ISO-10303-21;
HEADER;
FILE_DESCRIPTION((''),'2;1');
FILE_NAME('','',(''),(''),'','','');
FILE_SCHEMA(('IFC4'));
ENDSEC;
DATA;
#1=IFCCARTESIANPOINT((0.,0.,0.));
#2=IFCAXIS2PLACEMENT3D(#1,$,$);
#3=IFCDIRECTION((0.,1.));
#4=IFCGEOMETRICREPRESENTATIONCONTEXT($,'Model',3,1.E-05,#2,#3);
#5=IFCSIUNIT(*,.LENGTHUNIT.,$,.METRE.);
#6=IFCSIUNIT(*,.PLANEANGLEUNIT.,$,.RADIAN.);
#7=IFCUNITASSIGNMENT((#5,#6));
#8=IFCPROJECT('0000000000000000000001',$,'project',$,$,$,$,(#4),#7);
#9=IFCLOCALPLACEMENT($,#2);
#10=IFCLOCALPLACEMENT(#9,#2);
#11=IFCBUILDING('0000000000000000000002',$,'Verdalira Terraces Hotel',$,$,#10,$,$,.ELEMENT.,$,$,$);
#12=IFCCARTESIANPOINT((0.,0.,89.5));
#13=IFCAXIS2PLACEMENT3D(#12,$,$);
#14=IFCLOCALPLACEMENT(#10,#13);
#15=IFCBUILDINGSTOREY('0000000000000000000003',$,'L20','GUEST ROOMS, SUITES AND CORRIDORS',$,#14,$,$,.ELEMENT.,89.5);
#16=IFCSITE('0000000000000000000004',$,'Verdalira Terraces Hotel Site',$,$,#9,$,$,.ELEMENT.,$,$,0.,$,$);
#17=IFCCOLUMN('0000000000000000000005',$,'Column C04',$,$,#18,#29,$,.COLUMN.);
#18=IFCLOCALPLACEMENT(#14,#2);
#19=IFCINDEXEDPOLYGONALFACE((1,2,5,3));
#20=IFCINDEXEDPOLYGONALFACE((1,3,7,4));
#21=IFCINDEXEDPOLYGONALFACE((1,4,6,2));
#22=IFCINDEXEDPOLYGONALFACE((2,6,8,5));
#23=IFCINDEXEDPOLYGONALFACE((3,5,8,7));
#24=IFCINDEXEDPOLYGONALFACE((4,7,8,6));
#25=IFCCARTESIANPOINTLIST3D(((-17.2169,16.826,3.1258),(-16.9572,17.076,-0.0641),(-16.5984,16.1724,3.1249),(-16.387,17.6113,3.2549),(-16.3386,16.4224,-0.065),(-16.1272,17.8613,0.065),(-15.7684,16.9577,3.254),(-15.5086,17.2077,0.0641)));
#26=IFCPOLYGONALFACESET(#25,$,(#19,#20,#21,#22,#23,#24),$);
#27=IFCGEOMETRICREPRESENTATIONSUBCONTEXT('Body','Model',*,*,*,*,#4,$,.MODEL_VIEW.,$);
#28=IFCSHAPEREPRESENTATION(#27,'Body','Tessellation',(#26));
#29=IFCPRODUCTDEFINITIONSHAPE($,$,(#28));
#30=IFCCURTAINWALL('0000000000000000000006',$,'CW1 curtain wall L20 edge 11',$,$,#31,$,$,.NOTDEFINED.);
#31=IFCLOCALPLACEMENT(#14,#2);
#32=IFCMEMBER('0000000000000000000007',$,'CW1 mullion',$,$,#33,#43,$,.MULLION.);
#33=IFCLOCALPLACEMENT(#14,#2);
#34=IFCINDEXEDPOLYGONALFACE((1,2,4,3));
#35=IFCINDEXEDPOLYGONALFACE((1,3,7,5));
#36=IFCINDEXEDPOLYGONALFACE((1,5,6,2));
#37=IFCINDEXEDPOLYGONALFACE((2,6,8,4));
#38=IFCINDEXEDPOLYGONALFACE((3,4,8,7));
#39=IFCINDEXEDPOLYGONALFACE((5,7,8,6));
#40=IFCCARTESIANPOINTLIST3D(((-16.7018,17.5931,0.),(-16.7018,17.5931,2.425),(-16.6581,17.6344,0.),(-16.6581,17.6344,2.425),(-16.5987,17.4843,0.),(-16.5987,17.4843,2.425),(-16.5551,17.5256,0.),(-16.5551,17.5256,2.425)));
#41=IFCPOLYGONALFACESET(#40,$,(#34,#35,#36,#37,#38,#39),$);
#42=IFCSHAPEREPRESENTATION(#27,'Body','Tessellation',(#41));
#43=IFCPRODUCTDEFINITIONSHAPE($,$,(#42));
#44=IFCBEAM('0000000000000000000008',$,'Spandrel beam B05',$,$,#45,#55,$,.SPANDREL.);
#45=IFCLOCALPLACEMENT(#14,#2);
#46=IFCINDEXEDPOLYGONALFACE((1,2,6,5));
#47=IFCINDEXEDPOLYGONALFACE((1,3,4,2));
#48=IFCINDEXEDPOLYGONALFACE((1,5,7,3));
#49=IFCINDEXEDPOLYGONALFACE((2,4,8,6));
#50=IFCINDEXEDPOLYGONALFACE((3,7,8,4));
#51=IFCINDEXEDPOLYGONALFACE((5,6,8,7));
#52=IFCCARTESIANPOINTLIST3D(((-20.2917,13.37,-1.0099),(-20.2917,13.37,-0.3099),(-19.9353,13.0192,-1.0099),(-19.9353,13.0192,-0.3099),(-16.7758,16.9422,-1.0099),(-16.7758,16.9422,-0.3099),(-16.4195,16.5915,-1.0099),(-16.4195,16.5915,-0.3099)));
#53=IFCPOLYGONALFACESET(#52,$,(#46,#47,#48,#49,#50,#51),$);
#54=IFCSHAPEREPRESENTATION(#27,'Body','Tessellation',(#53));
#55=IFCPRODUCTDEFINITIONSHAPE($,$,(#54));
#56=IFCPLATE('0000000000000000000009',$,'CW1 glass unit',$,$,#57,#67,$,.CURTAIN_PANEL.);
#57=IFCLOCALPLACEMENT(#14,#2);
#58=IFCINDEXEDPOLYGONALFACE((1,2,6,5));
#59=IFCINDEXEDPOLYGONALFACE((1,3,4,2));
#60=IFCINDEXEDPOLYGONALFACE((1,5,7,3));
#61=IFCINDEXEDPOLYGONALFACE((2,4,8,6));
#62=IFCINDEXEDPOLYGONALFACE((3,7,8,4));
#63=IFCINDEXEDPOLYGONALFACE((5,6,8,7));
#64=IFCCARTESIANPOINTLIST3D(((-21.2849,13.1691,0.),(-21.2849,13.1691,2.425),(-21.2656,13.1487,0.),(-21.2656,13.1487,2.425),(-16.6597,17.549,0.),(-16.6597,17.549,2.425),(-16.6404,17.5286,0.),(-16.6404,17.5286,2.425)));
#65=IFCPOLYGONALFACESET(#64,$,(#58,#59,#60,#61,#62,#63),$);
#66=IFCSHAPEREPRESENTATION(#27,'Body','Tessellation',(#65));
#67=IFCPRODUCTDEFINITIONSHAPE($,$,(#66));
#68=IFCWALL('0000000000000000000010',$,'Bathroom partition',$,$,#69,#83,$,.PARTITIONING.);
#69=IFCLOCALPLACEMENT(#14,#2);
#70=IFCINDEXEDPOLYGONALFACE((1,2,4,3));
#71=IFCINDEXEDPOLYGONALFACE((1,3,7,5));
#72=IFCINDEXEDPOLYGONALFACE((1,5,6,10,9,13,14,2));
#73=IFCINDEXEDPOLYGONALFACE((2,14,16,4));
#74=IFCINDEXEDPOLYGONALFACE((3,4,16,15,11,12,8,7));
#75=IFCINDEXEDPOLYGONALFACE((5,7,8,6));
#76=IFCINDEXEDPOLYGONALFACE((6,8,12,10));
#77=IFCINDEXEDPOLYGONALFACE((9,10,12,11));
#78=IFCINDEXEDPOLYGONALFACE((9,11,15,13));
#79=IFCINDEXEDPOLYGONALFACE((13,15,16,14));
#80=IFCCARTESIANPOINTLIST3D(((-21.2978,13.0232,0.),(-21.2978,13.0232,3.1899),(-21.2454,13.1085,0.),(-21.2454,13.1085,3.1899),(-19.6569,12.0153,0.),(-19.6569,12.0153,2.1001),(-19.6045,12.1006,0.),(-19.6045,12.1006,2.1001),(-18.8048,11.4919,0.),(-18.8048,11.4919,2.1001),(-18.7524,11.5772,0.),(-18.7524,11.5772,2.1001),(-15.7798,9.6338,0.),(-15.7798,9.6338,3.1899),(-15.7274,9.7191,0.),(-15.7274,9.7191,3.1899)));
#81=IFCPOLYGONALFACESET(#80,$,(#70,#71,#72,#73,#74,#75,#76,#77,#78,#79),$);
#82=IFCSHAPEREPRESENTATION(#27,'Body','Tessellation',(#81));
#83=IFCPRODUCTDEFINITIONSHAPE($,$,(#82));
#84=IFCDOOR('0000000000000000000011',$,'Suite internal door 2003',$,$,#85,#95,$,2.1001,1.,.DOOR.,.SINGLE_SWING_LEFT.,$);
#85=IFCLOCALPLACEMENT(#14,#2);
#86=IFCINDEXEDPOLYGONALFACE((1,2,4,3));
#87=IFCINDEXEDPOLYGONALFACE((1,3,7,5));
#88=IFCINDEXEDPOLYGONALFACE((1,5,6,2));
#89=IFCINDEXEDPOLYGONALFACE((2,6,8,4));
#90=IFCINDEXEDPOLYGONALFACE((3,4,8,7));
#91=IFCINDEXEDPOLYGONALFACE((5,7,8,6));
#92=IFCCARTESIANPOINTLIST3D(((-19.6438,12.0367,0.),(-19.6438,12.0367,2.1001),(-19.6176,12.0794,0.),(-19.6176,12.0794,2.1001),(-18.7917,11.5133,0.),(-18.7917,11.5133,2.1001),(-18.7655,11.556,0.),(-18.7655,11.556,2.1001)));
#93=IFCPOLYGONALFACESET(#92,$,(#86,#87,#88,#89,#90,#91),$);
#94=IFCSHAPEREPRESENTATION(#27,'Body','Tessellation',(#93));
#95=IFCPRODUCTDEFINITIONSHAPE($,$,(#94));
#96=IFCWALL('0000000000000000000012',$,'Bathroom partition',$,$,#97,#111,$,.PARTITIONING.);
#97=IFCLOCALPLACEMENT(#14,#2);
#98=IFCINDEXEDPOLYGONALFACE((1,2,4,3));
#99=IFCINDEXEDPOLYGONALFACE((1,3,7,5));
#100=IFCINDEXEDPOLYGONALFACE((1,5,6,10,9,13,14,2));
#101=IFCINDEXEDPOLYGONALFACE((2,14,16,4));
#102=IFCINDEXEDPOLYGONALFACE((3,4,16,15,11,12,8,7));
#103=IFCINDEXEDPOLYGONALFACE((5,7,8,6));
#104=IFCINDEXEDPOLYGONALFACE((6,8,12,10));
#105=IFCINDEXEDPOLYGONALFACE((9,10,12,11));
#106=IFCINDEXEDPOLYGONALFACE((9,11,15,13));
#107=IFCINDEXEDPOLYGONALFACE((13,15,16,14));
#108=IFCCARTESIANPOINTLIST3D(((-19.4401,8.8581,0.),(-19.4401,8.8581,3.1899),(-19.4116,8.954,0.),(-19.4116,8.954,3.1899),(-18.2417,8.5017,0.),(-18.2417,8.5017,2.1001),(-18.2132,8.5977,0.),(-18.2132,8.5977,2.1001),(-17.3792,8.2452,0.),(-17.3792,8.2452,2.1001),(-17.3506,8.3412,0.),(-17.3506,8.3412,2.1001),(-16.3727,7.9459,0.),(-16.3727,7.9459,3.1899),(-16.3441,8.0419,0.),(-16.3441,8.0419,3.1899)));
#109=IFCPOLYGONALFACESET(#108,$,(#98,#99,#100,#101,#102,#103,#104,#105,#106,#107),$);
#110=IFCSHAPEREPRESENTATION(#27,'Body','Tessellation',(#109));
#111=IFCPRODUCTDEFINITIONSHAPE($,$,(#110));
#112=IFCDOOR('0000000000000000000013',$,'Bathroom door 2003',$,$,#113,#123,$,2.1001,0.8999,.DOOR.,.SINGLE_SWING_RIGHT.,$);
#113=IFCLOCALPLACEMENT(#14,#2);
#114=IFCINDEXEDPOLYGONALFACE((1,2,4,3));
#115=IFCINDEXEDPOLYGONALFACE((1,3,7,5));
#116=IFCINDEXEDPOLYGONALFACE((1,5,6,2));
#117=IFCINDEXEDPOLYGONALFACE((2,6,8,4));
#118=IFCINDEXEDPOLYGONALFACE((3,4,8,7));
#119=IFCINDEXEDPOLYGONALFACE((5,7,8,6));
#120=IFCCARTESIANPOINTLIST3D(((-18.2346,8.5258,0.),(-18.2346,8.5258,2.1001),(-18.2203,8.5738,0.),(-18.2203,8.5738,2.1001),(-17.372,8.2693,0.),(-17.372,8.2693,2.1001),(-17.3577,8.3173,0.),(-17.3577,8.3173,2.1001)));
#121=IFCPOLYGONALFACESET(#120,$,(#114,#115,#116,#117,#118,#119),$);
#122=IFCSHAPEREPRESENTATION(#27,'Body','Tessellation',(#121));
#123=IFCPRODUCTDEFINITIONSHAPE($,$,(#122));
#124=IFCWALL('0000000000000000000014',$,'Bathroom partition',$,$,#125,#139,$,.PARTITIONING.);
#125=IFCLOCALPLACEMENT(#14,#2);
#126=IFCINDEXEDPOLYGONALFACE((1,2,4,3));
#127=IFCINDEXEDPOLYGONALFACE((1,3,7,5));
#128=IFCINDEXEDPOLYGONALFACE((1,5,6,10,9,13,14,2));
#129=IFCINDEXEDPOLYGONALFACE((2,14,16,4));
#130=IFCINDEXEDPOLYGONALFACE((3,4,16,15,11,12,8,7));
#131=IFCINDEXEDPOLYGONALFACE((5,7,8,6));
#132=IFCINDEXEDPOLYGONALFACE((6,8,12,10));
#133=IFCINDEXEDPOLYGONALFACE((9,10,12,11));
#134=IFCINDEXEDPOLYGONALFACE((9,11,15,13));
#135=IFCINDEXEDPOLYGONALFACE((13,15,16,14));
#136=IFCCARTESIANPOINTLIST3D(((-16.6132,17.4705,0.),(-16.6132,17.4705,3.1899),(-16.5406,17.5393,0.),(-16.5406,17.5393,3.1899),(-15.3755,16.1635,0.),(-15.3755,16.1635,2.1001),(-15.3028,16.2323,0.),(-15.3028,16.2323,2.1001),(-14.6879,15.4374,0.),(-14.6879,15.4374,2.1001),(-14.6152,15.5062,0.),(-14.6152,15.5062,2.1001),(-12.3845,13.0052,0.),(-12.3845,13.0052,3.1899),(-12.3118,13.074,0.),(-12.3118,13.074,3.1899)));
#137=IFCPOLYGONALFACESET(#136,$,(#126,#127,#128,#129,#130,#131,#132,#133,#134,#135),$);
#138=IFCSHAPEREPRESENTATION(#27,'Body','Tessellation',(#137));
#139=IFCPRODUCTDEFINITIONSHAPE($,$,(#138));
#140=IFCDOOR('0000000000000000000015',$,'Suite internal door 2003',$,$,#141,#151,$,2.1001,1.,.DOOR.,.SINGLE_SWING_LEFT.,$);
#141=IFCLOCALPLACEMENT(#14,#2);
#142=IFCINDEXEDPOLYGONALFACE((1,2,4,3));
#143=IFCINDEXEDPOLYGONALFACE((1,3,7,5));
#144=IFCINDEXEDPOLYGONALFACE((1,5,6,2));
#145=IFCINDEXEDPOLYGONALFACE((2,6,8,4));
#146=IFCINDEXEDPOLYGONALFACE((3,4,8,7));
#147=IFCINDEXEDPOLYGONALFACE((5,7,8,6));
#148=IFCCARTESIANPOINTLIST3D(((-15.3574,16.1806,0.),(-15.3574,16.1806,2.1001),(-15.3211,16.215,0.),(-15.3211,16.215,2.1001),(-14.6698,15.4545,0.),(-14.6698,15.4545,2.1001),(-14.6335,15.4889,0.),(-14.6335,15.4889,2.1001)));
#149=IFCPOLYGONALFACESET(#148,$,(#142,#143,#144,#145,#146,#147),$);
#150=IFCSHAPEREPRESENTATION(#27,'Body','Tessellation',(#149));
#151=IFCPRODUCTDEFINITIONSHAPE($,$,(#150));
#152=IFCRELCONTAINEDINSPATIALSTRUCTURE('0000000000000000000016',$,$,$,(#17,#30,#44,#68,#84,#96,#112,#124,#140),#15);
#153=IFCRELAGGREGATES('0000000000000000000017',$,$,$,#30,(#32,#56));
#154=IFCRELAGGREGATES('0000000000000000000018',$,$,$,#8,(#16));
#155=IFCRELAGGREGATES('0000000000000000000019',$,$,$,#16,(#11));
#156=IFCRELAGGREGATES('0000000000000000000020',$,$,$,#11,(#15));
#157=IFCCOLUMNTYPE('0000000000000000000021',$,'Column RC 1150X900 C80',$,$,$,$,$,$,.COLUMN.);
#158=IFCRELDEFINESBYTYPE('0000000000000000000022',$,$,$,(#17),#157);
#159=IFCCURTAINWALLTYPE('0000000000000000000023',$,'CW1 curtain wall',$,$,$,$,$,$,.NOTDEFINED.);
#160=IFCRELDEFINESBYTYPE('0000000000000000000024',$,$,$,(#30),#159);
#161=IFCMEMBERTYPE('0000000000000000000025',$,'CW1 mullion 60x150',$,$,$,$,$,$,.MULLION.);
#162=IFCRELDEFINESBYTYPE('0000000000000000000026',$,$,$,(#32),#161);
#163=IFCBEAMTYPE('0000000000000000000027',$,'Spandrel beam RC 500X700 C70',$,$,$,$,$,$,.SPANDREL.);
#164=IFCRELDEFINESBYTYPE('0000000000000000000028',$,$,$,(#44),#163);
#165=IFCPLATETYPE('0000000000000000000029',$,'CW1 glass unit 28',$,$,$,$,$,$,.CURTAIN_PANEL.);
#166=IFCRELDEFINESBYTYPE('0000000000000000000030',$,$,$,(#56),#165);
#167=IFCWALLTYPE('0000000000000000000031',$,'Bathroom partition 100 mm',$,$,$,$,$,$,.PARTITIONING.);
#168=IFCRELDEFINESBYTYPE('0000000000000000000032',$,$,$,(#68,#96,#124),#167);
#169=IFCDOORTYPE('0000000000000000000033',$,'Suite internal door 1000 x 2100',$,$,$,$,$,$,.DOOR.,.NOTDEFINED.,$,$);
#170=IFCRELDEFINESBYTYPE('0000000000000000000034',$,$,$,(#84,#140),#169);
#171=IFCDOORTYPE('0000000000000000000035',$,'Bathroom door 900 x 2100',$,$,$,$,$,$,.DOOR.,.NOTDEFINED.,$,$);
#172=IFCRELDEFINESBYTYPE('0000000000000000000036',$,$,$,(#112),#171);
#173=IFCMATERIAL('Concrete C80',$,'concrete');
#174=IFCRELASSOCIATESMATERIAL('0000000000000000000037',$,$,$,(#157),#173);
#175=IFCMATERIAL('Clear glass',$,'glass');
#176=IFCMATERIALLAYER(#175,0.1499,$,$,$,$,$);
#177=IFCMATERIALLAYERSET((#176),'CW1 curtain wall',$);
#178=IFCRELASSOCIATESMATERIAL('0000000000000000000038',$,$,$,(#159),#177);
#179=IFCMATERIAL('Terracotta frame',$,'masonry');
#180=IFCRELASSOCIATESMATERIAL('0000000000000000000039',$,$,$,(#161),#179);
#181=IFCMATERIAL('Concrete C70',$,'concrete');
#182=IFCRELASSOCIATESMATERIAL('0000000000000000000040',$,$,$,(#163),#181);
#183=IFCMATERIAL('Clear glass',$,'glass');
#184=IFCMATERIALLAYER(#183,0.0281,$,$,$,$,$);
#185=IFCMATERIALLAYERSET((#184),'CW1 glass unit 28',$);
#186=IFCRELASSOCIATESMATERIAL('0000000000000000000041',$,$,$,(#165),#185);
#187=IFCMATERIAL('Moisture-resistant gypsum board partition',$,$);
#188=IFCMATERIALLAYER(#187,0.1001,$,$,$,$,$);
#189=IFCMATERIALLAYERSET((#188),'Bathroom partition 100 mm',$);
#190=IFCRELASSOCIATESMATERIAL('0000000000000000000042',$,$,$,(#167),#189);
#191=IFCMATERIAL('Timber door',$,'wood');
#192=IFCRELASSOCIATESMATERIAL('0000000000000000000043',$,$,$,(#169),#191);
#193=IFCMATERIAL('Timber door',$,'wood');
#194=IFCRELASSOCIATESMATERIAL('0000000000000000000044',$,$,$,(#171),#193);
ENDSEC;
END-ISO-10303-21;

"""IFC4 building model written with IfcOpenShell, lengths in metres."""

from ifc_helpers import new_model, si_unit, direction, frame, frame_2d, origin, origin_2d, place, context, subcontext, project, spatial, rectangle, extrude, material, layer, layer_set, material_profile, profile_set, type_object, element, fill, aggregate, save


model = new_model("IFC4")

# Units and contexts
model_context = context("Model", 3, precision=1e-05, world=origin(), true_north=direction((0.0, 1.0)))
body_context = subcontext(model_context, "Body", "Model", "MODEL_VIEW")
ifc_project = project(units=[si_unit("LENGTHUNIT", "METRE"), si_unit("PLANEANGLEUNIT", "RADIAN")], contexts=[model_context])

# Site, building, storey
site_placement = place(None, origin())
site = spatial("IfcSite", under=ifc_project, at=site_placement, Name="Verdalira Terraces Hotel Site", CompositionType="ELEMENT", RefElevation=0.0)
building_placement = place(site_placement, origin())
building = spatial("IfcBuilding", under=site, at=building_placement, Name="Verdalira Terraces Hotel", CompositionType="ELEMENT")
storey_placement = place(building_placement, frame((0.0, 0.0, 89.5)))
storey = spatial("IfcBuildingStorey", under=building, at=storey_placement, Name="L20", Description="GUEST ROOMS, SUITES AND CORRIDORS", CompositionType="ELEMENT", Elevation=89.5)

# Column
ifc_material_1 = material(Name="Concrete C80", Category="concrete")
ifc_material_profile_1 = material_profile(ifc_material_1, rectangle(XDim=1.1499, YDim=0.8999, at=origin_2d()), Name="RC 1150X900")
ifc_profile_set_1 = profile_set([ifc_material_profile_1], Name="Concrete C80")
column_type = type_object("IfcColumnType", Name="Column RC 1150X900 C80", PredefinedType="COLUMN", material=ifc_profile_set_1)
column_placement = place(storey_placement, frame((-16.2329, 17.1418, 0.0), z_axis=(-0.080918, -0.077876, 0.993674), x_axis=(-0.721784, -0.682947, -0.1123)))
element("IfcColumn", 1, at=column_placement, inside=storey, type_object=column_type, Name="Column C04", PredefinedType="COLUMN", context=body_context, shape_type="SweptSolid", body=[
    extrude(rectangle(XDim=1.1499, YDim=0.8999, at=origin_2d()), origin(), (0.0, 0.0, 1.0), 3.2102),
])

# Curtain wall, member
ifc_material_2 = material(Name="Clear glass", Category="glass")
ifc_layer_1 = layer(ifc_material_2, 0.1499)
ifc_layer_set_1 = layer_set([ifc_layer_1], Name="CW1 curtain wall")
curtain_wall_type = type_object("IfcCurtainWallType", Name="CW1 curtain wall", PredefinedType="NOTDEFINED", material=ifc_layer_set_1)
curtain_wall_placement = place(storey_placement, origin())
curtain_wall = element("IfcCurtainWall", 2, at=curtain_wall_placement, inside=storey, type_object=curtain_wall_type, Name="CW1 curtain wall L20 edge 11", PredefinedType="NOTDEFINED")
ifc_material_3 = material(Name="Terracotta frame", Category="masonry")
ifc_material_profile_2 = material_profile(ifc_material_3, rectangle(XDim=0.0601, YDim=0.1499, at=origin_2d()), Name="MU 60x150")
ifc_profile_set_2 = profile_set([ifc_material_profile_2], Name="Terracotta frame")
member_type = type_object("IfcMemberType", Name="CW1 mullion 60x150", PredefinedType="MULLION", material=ifc_profile_set_2)
member_placement = place(storey_placement, frame((-16.6284, 17.5593, 0.0), z_axis=(0.0, 0.0, 1.0), x_axis=(-0.726095, -0.687595, 0.0)))
member = element("IfcMember", 3, at=member_placement, type_object=member_type, Name="CW1 mullion", PredefinedType="MULLION", context=body_context, shape_type="SweptSolid", body=[
    extrude(rectangle(XDim=0.0601, YDim=0.1499, at=origin_2d()), origin(), (0.0, 0.0, 1.0), 2.425),
])

# Beam
ifc_material_4 = material(Name="Concrete C70", Category="concrete")
ifc_material_profile_3 = material_profile(ifc_material_4, rectangle(XDim=0.5, YDim=0.7, at=origin_2d()), Name="RC 500X700")
ifc_profile_set_3 = profile_set([ifc_material_profile_3], Name="Concrete C70")
beam_type = type_object("IfcBeamType", Name="Spandrel beam RC 500X700 C70", PredefinedType="SPANDREL", material=ifc_profile_set_3)
beam_placement = place(storey_placement, frame((-16.5977, 16.7668, -0.6599), z_axis=(-0.701459, -0.71271, 0.0), x_axis=(0.71271, -0.701459, 0.0)))
element("IfcBeam", 4, at=beam_placement, inside=storey, type_object=beam_type, Name="Spandrel beam B05", PredefinedType="SPANDREL", context=body_context, shape_type="SweptSolid", body=[
    extrude(rectangle(XDim=0.5, YDim=0.7, at=origin_2d()), origin(), (0.0, 0.0, 1.0), 5.0122),
])

# Plate
ifc_material_5 = material(Name="Clear glass", Category="glass")
ifc_layer_2 = layer(ifc_material_5, 0.0281)
ifc_layer_set_2 = layer_set([ifc_layer_2], Name="CW1 glass unit 28")
plate_type = type_object("IfcPlateType", Name="CW1 glass unit 28", PredefinedType="CURTAIN_PANEL", material=ifc_layer_set_2)
plate_placement = place(storey_placement, frame((-18.9626, 15.3489, 0.0), z_axis=(0.0, 0.0, 1.0), x_axis=(-0.726095, -0.687595, 0.0)))
plate = element("IfcPlate", 5, at=plate_placement, type_object=plate_type, Name="CW1 glass unit", PredefinedType="CURTAIN_PANEL", context=body_context, shape_type="SweptSolid", body=[
    extrude(rectangle(XDim=6.3699, YDim=0.0281, at=origin_2d()), origin(), (0.0, 0.0, 1.0), 2.425),
])
aggregate(curtain_wall, [member, plate])

# Walls, openings, doors
ifc_material_6 = material(Name="Moisture-resistant gypsum board partition")
ifc_layer_3 = layer(ifc_material_6, 0.1001)
ifc_layer_set_3 = layer_set([ifc_layer_3], Name="Bathroom partition 100 mm")
wall_type_1 = type_object("IfcWallType", Name="Bathroom partition 100 mm", PredefinedType="PARTITIONING", material=ifc_layer_set_3)
wall_1_placement = place(storey_placement, frame((-15.7537, 9.6765, 0.0), z_axis=(0.0, 0.0, 1.0), x_axis=(-0.852094, 0.523388, 0.0)))
wall_1 = element("IfcWall", 6, at=wall_1_placement, inside=storey, type_object=wall_type_1, Name="Bathroom partition", PredefinedType="PARTITIONING", context=body_context, shape_type="SweptSolid", body=[
    extrude(rectangle(XDim=6.4758, YDim=0.1001, at=frame_2d((3.2378, 0.0))), origin(), (0.0, 0.0, 1.0), 3.1899),
])
opening_1_placement = place(wall_1_placement, frame((3.55, 0.0, 0.0)))
opening_1 = element("IfcOpeningElement", 7, at=opening_1_placement, cuts=wall_1, PredefinedType="OPENING", context=body_context, shape_type="SweptSolid", body=[
    extrude(rectangle(XDim=1.0, YDim=2.1001, at=frame_2d((0.5, 1.05))), frame((0.0, 0.0601, 0.0), z_axis=(0.0, -1.0, 0.0), x_axis=(1.0, 0.0, 0.0)), (0.0, 0.0, 1.0), 0.1201),
])
ifc_material_7 = material(Name="Timber door", Category="wood")
door_type_1 = type_object("IfcDoorType", Name="Suite internal door 1000 x 2100", OperationType="NOTDEFINED", PredefinedType="DOOR", material=ifc_material_7)
door_1_placement = place(opening_1_placement, origin())
door_1 = element("IfcDoor", 8, at=door_1_placement, inside=storey, type_object=door_type_1, Name="Suite internal door 2003", OperationType="SINGLE_SWING_LEFT", OverallHeight=2.1001, OverallWidth=1.0, PredefinedType="DOOR", context=body_context, shape_type="SweptSolid", body=[
    extrude(rectangle(XDim=1.0, YDim=2.1001, at=frame_2d((0.5, 1.05))), frame((0.0, 0.0249, 0.0), z_axis=(0.0, -1.0, 0.0), x_axis=(1.0, 0.0, 0.0)), (0.0, 0.0, 1.0), 0.05),
])
fill(opening_1, door_1)
wall_2_placement = place(storey_placement, frame((-16.3584, 7.9939, 0.0), z_axis=(0.0, 0.0, 1.0), x_axis=(-0.958521, 0.285023, 0.0)))
wall_2 = element("IfcWall", 9, at=wall_2_placement, inside=storey, type_object=wall_type_1, Name="Bathroom partition", PredefinedType="PARTITIONING", context=body_context, shape_type="SweptSolid", body=[
    extrude(rectangle(XDim=3.2002, YDim=0.1001, at=frame_2d((1.6001, 0.0))), origin(), (0.0, 0.0, 1.0), 3.1899),
])
opening_2_placement = place(wall_2_placement, frame((1.05, 0.0, 0.0)))
opening_2 = element("IfcOpeningElement", 10, at=opening_2_placement, cuts=wall_2, PredefinedType="OPENING", context=body_context, shape_type="SweptSolid", body=[
    extrude(rectangle(XDim=0.8999, YDim=2.1001, at=frame_2d((0.45, 1.05))), frame((0.0, 0.0601, 0.0), z_axis=(0.0, -1.0, 0.0), x_axis=(1.0, 0.0, 0.0)), (0.0, 0.0, 1.0), 0.1201),
])
ifc_material_8 = material(Name="Timber door", Category="wood")
door_type_2 = type_object("IfcDoorType", Name="Bathroom door 900 x 2100", OperationType="NOTDEFINED", PredefinedType="DOOR", material=ifc_material_8)
door_2_placement = place(opening_2_placement, origin())
door_2 = element("IfcDoor", 11, at=door_2_placement, inside=storey, type_object=door_type_2, Name="Bathroom door 2003", OperationType="SINGLE_SWING_RIGHT", OverallHeight=2.1001, OverallWidth=0.8999, PredefinedType="DOOR", context=body_context, shape_type="SweptSolid", body=[
    extrude(rectangle(XDim=0.8999, YDim=2.1001, at=frame_2d((0.45, 1.05))), frame((0.0, 0.0249, 0.0), z_axis=(0.0, -1.0, 0.0), x_axis=(1.0, 0.0, 0.0)), (0.0, 0.0, 1.0), 0.05),
])
fill(opening_2, door_2)
wall_3_placement = place(storey_placement, frame((-16.5769, 17.5049, 0.0), z_axis=(0.0, 0.0, 1.0), x_axis=(0.687611, -0.726079, 0.0)))
wall_3 = element("IfcWall", 12, at=wall_3_placement, inside=storey, type_object=wall_type_1, Name="Bathroom partition", PredefinedType="PARTITIONING", context=body_context, shape_type="SweptSolid", body=[
    extrude(rectangle(XDim=6.1499, YDim=0.1001, at=frame_2d((3.075, 0.0))), origin(), (0.0, 0.0, 1.0), 3.1899),
])
opening_3_placement = place(wall_3_placement, frame((1.8, 0.0, 0.0)))
opening_3 = element("IfcOpeningElement", 13, at=opening_3_placement, cuts=wall_3, PredefinedType="OPENING", context=body_context, shape_type="SweptSolid", body=[
    extrude(rectangle(XDim=1.0, YDim=2.1001, at=frame_2d((0.5, 1.05))), frame((0.0, 0.0601, 0.0), z_axis=(0.0, -1.0, 0.0), x_axis=(1.0, 0.0, 0.0)), (0.0, 0.0, 1.0), 0.1201),
])
door_3_placement = place(opening_3_placement, origin())
door_3 = element("IfcDoor", 14, at=door_3_placement, inside=storey, type_object=door_type_1, Name="Suite internal door 2003", OperationType="SINGLE_SWING_LEFT", OverallHeight=2.1001, OverallWidth=1.0, PredefinedType="DOOR", context=body_context, shape_type="SweptSolid", body=[
    extrude(rectangle(XDim=1.0, YDim=2.1001, at=frame_2d((0.5, 1.05))), frame((0.0, 0.0249, 0.0), z_axis=(0.0, -1.0, 0.0), x_axis=(1.0, 0.0, 0.0)), (0.0, 0.0, 1.0), 0.05),
])
fill(opening_3, door_3)

save(model, "model.ifc")
